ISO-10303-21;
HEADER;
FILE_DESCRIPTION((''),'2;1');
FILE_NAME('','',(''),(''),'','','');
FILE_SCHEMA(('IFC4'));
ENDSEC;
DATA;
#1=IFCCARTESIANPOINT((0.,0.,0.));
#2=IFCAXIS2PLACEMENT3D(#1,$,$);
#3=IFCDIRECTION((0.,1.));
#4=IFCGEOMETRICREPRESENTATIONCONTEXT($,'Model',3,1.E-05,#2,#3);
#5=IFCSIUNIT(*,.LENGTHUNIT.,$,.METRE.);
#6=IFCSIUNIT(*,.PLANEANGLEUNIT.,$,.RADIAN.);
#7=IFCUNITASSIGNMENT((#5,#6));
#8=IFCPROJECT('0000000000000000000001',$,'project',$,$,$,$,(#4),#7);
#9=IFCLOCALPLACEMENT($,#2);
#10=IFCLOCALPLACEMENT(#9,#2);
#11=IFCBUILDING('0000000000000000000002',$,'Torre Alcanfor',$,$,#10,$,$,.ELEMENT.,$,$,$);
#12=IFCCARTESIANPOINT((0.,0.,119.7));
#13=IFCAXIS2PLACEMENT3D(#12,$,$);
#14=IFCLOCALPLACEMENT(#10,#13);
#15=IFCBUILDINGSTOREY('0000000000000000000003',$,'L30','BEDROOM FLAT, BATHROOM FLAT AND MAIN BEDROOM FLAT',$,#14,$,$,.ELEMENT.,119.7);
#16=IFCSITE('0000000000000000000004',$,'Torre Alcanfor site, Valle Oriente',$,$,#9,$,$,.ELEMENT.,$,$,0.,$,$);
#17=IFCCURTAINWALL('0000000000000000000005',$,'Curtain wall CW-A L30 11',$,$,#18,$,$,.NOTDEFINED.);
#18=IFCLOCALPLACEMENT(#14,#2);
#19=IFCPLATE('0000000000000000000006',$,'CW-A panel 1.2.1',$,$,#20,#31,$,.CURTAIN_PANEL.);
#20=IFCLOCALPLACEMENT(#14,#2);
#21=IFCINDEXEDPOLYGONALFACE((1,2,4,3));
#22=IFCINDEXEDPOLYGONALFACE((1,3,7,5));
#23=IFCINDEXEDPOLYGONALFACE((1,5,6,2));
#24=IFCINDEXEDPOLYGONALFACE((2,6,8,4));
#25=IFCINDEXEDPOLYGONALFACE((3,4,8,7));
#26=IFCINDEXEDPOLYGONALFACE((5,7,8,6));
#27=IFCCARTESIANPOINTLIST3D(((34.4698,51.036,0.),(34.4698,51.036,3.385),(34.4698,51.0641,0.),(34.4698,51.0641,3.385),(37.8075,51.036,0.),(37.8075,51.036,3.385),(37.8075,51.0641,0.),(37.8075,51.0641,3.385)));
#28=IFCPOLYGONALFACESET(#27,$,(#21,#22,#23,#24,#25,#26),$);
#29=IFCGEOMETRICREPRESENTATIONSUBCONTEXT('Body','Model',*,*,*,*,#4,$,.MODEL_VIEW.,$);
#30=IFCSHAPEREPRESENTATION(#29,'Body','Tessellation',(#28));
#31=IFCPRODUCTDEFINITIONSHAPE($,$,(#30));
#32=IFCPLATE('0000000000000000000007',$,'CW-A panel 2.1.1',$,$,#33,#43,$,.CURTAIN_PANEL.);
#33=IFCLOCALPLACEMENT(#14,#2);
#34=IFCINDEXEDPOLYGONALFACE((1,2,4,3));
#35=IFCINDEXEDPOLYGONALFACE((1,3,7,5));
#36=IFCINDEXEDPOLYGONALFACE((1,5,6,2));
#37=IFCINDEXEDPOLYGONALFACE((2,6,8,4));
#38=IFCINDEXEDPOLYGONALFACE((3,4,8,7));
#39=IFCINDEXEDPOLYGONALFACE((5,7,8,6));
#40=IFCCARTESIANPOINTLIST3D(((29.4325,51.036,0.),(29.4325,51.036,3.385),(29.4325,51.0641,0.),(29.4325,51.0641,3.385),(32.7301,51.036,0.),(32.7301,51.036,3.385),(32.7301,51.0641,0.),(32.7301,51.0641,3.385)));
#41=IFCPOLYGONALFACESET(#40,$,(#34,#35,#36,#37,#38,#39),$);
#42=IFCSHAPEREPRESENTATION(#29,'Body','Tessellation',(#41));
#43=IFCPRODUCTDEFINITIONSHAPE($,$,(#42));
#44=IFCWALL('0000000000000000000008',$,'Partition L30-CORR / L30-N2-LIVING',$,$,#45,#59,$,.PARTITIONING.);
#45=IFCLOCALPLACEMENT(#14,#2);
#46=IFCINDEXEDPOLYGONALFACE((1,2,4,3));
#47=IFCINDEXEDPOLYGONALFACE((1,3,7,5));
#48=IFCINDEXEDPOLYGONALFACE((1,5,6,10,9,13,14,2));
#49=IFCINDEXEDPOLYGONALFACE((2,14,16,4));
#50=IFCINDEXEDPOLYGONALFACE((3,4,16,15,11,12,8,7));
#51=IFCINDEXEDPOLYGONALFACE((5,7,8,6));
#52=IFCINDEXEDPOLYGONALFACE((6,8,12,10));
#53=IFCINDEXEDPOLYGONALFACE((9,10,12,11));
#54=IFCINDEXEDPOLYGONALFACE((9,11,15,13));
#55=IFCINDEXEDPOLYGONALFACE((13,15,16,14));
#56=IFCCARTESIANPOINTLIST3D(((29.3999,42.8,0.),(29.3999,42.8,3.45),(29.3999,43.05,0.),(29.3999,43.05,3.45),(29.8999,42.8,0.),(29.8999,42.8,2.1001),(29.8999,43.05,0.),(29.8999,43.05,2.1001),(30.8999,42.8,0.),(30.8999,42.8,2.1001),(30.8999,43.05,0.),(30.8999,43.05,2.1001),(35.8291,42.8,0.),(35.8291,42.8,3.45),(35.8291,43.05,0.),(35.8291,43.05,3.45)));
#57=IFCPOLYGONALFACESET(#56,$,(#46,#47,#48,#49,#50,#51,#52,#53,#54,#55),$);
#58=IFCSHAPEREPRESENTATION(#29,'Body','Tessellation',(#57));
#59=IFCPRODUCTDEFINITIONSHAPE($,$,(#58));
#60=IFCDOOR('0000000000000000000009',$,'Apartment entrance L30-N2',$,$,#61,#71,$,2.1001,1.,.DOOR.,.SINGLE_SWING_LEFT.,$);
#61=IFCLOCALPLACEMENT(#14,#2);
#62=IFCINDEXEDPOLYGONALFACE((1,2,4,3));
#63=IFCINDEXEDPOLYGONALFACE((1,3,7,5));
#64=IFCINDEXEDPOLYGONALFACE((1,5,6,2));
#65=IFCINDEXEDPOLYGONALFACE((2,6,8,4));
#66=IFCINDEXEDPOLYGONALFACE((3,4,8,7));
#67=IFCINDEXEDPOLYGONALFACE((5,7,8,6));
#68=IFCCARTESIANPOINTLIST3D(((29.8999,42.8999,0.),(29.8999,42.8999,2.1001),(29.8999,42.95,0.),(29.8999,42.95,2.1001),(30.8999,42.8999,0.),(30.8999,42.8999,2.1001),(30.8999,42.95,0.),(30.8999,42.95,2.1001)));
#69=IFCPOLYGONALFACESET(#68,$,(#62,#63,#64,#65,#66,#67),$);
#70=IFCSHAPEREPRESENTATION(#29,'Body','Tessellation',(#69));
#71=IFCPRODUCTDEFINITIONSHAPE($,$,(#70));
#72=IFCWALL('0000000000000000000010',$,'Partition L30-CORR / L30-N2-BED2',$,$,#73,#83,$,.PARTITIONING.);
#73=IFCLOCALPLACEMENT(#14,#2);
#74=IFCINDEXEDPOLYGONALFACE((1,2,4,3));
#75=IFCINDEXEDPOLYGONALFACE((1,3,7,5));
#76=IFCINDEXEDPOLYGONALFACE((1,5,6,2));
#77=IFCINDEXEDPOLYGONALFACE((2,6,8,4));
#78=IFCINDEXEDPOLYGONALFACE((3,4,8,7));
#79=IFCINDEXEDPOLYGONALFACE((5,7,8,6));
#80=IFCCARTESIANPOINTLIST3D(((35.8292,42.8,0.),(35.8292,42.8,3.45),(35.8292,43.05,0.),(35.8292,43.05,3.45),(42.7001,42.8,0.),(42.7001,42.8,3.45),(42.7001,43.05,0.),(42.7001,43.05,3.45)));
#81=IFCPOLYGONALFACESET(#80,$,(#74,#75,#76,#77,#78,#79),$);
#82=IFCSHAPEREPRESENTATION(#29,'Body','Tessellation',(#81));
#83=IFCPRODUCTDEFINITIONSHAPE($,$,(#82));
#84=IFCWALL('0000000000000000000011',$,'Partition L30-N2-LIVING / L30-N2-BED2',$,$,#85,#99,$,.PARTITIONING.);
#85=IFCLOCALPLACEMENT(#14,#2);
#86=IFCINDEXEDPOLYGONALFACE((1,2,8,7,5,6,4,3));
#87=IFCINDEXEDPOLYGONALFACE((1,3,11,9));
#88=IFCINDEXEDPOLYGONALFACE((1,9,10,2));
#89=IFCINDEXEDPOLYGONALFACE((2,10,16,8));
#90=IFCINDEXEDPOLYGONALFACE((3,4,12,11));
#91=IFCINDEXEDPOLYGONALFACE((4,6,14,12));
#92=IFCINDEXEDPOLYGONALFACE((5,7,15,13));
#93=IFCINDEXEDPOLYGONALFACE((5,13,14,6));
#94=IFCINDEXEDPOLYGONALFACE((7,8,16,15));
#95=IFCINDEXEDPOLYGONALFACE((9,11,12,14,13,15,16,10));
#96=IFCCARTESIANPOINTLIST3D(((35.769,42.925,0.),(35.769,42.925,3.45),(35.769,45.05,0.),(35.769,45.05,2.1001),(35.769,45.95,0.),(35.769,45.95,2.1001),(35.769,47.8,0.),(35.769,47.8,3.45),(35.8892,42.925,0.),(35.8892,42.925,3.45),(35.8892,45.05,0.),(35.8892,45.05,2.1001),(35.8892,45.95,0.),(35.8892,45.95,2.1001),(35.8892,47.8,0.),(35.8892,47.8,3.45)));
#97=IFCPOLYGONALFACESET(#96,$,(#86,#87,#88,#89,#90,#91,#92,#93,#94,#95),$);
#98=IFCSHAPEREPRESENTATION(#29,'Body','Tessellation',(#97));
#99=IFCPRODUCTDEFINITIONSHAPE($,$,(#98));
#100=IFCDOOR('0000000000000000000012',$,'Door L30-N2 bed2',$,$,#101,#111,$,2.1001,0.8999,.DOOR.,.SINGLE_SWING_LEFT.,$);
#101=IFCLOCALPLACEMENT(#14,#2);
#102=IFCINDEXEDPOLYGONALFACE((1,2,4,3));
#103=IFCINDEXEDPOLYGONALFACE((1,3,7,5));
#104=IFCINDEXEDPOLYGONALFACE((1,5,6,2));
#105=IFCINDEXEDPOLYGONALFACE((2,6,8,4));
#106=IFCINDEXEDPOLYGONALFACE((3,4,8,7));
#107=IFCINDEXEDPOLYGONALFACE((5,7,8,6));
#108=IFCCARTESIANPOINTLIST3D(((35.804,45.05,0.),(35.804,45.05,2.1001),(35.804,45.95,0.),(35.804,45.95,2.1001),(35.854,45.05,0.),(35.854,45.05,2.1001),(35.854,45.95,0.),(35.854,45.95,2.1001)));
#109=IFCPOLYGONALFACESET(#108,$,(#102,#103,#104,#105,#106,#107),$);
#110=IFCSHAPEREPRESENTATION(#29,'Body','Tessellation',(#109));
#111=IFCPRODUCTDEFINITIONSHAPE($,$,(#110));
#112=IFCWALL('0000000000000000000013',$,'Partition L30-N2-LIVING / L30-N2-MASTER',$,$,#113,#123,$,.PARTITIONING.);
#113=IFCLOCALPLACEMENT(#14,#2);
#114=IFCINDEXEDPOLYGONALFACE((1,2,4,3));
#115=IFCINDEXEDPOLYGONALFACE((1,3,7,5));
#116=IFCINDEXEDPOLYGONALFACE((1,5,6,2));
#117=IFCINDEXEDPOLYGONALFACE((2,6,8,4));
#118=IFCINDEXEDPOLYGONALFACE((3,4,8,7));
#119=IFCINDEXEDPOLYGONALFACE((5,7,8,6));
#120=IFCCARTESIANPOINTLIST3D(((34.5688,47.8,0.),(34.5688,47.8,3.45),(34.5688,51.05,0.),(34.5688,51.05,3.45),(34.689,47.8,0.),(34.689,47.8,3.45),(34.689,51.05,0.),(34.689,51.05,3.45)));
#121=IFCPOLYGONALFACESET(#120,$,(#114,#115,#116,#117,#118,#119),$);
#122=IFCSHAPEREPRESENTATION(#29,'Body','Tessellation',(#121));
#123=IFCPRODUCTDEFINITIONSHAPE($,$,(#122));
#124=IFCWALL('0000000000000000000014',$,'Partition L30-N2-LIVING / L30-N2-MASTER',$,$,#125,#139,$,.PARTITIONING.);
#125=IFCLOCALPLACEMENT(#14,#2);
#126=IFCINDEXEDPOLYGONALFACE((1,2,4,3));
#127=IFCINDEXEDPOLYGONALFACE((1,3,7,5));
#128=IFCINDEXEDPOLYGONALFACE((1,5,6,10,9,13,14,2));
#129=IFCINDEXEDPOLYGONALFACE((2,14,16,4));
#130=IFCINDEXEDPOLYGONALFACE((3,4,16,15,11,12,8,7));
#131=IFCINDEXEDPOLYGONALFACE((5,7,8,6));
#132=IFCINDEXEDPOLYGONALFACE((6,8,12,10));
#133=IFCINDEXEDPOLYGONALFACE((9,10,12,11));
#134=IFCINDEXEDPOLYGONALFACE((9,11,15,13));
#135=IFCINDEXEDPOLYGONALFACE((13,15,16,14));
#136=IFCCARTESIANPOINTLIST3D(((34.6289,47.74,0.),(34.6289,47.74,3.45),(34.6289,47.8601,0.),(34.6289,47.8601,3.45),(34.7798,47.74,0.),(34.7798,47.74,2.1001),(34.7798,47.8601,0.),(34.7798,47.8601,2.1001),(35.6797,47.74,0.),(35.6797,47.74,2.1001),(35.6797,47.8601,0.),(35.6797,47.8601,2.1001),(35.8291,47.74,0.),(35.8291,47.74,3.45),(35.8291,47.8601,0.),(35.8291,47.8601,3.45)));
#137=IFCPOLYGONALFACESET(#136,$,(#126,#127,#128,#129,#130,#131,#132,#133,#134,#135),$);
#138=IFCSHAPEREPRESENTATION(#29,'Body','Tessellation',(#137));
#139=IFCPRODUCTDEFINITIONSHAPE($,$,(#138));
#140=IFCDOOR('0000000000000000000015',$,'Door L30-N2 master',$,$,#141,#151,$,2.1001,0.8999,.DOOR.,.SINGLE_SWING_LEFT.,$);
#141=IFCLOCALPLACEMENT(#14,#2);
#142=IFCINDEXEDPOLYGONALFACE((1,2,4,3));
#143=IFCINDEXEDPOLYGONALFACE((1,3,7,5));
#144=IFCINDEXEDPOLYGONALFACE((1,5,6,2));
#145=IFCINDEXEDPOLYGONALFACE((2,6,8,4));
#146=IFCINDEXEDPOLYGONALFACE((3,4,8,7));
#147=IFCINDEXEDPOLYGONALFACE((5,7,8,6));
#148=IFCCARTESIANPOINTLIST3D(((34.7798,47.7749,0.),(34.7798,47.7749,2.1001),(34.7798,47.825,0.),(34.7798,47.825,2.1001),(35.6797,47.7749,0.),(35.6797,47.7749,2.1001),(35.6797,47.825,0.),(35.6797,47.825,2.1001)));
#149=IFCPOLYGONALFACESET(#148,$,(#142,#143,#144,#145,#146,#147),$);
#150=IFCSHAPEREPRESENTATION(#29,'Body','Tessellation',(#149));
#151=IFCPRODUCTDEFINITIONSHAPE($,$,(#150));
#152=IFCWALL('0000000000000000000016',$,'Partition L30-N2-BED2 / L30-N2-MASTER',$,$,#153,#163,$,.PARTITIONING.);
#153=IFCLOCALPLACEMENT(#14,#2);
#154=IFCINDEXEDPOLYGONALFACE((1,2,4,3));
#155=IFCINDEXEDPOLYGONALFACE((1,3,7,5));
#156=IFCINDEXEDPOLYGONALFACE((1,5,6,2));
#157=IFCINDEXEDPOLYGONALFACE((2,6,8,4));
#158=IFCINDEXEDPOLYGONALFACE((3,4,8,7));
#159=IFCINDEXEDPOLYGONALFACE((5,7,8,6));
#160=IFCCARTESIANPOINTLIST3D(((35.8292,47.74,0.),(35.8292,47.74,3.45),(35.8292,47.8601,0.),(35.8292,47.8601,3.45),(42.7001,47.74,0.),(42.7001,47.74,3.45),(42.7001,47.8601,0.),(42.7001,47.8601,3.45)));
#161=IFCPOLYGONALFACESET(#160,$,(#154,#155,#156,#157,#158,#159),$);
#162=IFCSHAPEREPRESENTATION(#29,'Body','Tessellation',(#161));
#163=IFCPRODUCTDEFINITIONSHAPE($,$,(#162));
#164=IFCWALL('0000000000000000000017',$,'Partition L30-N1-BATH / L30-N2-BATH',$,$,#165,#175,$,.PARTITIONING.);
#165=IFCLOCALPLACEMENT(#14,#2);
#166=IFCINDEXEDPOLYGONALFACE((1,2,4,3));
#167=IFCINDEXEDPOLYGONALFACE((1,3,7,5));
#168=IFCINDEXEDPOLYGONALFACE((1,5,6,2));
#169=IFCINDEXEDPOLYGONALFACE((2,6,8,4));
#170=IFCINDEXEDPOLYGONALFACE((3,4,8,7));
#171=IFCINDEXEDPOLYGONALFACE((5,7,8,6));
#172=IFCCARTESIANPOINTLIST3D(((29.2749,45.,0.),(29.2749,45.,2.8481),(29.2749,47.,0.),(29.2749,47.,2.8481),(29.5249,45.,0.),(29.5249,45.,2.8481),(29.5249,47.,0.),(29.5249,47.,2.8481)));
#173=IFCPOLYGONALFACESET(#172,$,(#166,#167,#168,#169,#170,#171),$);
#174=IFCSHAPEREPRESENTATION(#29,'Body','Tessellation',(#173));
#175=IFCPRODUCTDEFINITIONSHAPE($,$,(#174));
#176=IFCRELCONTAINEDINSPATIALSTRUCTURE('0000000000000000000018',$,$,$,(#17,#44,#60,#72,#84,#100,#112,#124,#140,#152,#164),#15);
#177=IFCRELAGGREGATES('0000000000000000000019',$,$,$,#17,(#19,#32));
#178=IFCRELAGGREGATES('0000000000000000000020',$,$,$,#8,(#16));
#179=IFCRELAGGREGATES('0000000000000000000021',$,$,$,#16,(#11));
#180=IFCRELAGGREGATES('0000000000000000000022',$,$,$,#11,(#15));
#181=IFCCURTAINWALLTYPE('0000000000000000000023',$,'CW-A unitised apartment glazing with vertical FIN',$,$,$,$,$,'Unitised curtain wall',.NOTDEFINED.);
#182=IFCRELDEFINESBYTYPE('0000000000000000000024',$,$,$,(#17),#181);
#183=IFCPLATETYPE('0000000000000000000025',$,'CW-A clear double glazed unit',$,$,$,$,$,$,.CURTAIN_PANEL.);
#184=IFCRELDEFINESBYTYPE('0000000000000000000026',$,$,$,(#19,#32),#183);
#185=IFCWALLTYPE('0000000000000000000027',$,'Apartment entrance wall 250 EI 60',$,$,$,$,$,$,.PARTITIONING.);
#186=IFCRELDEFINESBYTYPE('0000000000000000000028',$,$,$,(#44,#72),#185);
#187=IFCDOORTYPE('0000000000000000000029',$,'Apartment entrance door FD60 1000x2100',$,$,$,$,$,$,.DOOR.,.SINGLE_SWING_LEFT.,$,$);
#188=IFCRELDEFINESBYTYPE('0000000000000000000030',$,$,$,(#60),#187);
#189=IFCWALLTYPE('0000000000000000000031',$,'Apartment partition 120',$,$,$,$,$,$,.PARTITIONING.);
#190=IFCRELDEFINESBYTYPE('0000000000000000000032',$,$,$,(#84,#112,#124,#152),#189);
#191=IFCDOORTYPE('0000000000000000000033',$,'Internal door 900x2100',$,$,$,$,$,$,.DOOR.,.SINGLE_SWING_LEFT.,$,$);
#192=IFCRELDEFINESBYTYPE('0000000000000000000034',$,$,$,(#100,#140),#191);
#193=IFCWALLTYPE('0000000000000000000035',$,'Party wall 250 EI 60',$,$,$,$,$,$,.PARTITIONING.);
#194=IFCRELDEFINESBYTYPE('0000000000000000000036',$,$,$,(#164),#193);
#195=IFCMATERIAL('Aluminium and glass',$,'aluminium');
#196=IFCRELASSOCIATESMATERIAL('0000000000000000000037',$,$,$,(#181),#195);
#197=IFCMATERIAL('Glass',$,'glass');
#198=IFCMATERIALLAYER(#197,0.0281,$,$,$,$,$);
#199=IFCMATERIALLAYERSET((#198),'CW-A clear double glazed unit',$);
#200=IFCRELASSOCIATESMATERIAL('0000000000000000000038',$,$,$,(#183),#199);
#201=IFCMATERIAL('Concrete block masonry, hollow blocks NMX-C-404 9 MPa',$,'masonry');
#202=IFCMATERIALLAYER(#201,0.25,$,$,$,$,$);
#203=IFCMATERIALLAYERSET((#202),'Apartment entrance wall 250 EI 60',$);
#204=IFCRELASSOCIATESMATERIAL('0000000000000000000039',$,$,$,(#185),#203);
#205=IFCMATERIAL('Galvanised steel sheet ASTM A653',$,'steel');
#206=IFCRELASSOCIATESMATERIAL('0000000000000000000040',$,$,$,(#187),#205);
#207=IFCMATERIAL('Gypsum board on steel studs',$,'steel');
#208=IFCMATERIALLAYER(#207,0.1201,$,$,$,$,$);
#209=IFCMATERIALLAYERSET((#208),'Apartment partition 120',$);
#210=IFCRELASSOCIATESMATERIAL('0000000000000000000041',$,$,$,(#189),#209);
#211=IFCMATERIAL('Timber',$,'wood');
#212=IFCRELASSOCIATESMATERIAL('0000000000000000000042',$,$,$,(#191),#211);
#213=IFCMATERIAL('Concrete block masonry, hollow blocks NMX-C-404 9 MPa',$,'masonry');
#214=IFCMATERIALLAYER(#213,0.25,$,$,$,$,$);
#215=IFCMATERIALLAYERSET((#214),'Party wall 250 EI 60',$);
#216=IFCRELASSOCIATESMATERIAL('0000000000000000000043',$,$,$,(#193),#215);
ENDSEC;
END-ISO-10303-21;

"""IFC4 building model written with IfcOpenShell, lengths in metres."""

from ifc_helpers import new_model, si_unit, direction, frame, frame_2d, origin, origin_2d, place, context, subcontext, project, spatial, rectangle, extrude, material, layer, layer_set, type_object, element, fill, aggregate, save


model = new_model("IFC4")

# Units and contexts
model_context = context("Model", 3, precision=1e-05, world=origin(), true_north=direction((0.0, 1.0)))
body_context = subcontext(model_context, "Body", "Model", "MODEL_VIEW")
ifc_project = project(units=[si_unit("LENGTHUNIT", "METRE"), si_unit("PLANEANGLEUNIT", "RADIAN")], contexts=[model_context])

# Site, building, storey
site_placement = place(None, origin())
site = spatial("IfcSite", under=ifc_project, at=site_placement, Name="Torre Alcanfor site, Valle Oriente", CompositionType="ELEMENT", RefElevation=0.0)
building_placement = place(site_placement, origin())
building = spatial("IfcBuilding", under=site, at=building_placement, Name="Torre Alcanfor", CompositionType="ELEMENT")
storey_placement = place(building_placement, frame((0.0, 0.0, 119.7)))
storey = spatial("IfcBuildingStorey", under=building, at=storey_placement, Name="L30", Description="BEDROOM FLAT, BATHROOM FLAT AND MAIN BEDROOM FLAT", CompositionType="ELEMENT", Elevation=119.7)

# Curtain wall
ifc_material_1 = material(Name="Aluminium and glass", Category="aluminium")
curtain_wall_type = type_object("IfcCurtainWallType", Name="CW-A unitised apartment glazing with vertical FIN", ElementType="Unitised curtain wall", PredefinedType="NOTDEFINED", material=ifc_material_1)
curtain_wall_placement = place(storey_placement, origin())
curtain_wall = element("IfcCurtainWall", 1, at=curtain_wall_placement, inside=storey, type_object=curtain_wall_type, Name="Curtain wall CW-A L30 11", PredefinedType="NOTDEFINED")

# Plates
ifc_material_2 = material(Name="Glass", Category="glass")
ifc_layer_1 = layer(ifc_material_2, 0.0281)
ifc_layer_set_1 = layer_set([ifc_layer_1], Name="CW-A clear double glazed unit")
plate_type = type_object("IfcPlateType", Name="CW-A clear double glazed unit", PredefinedType="CURTAIN_PANEL", material=ifc_layer_set_1)
plate_1_placement = place(storey_placement, frame((36.1387, 51.05, 0.0), z_axis=(0.0, 0.0, 1.0), x_axis=(-1.0, 0.0, 0.0)))
plate_1 = element("IfcPlate", 2, at=plate_1_placement, type_object=plate_type, Name="CW-A panel 1.2.1", PredefinedType="CURTAIN_PANEL", context=body_context, shape_type="SweptSolid", body=[
    extrude(rectangle(XDim=3.3376, YDim=0.0281, at=origin_2d()), origin(), (0.0, 0.0, 1.0), 3.385),
])
plate_2_placement = place(storey_placement, frame((31.0813, 51.05, 0.0), z_axis=(0.0, 0.0, 1.0), x_axis=(-1.0, 0.0, 0.0)))
plate_2 = element("IfcPlate", 3, at=plate_2_placement, type_object=plate_type, Name="CW-A panel 2.1.1", PredefinedType="CURTAIN_PANEL", context=body_context, shape_type="SweptSolid", body=[
    extrude(rectangle(XDim=3.2976, YDim=0.0281, at=origin_2d()), origin(), (0.0, 0.0, 1.0), 3.385),
])
aggregate(curtain_wall, [plate_1, plate_2])

# Wall, opening, door
ifc_material_3 = material(Name="Concrete block masonry, hollow blocks NMX-C-404 9 MPa", Category="masonry")
ifc_layer_2 = layer(ifc_material_3, 0.25)
ifc_layer_set_2 = layer_set([ifc_layer_2], Name="Apartment entrance wall 250 EI 60")
wall_type_1 = type_object("IfcWallType", Name="Apartment entrance wall 250 EI 60", PredefinedType="PARTITIONING", material=ifc_layer_set_2)
wall_1_placement = place(storey_placement, frame((29.3999, 42.925, 0.0), z_axis=(0.0, 0.0, 1.0), x_axis=(1.0, 0.0, 0.0)))
wall_1 = element("IfcWall", 4, at=wall_1_placement, inside=storey, type_object=wall_type_1, Name="Partition L30-CORR / L30-N2-LIVING", PredefinedType="PARTITIONING", context=body_context, shape_type="SweptSolid", body=[
    extrude(rectangle(XDim=6.4292, YDim=0.25, at=frame_2d((3.2146, 0.0))), origin(), (0.0, 0.0, 1.0), 3.45),
])
opening_1_placement = place(wall_1_placement, frame((0.5, 0.0, 0.0)))
opening_1 = element("IfcOpeningElement", 5, at=opening_1_placement, cuts=wall_1, PredefinedType="OPENING", context=body_context, shape_type="SweptSolid", body=[
    extrude(rectangle(XDim=1.0, YDim=2.1001, at=frame_2d((0.5, 1.05))), frame((0.0, 0.135, 0.0), z_axis=(0.0, -1.0, 0.0), x_axis=(1.0, 0.0, 0.0)), (0.0, 0.0, 1.0), 0.27),
])
ifc_material_4 = material(Name="Galvanised steel sheet ASTM A653", Category="steel")
door_type_1 = type_object("IfcDoorType", Name="Apartment entrance door FD60 1000x2100", OperationType="SINGLE_SWING_LEFT", PredefinedType="DOOR", material=ifc_material_4)
door_1_placement = place(opening_1_placement, origin())
door_1 = element("IfcDoor", 6, at=door_1_placement, inside=storey, type_object=door_type_1, Name="Apartment entrance L30-N2", OperationType="SINGLE_SWING_LEFT", OverallHeight=2.1001, OverallWidth=1.0, PredefinedType="DOOR", context=body_context, shape_type="SweptSolid", body=[
    extrude(rectangle(XDim=1.0, YDim=2.1001, at=frame_2d((0.5, 1.05))), frame((0.0, 0.0249, 0.0), z_axis=(0.0, -1.0, 0.0), x_axis=(1.0, 0.0, 0.0)), (0.0, 0.0, 1.0), 0.05),
])
fill(opening_1, door_1)

# Wall
wall_2_placement = place(storey_placement, frame((35.8291, 42.925, 0.0), z_axis=(0.0, 0.0, 1.0), x_axis=(1.0, 0.0, 0.0)))
element("IfcWall", 7, at=wall_2_placement, inside=storey, type_object=wall_type_1, Name="Partition L30-CORR / L30-N2-BED2", PredefinedType="PARTITIONING", context=body_context, shape_type="SweptSolid", body=[
    extrude(rectangle(XDim=6.8708, YDim=0.25, at=frame_2d((3.4355, 0.0))), origin(), (0.0, 0.0, 1.0), 3.45),
])

# Wall, opening, door
ifc_material_5 = material(Name="Gypsum board on steel studs", Category="steel")
ifc_layer_3 = layer(ifc_material_5, 0.1201)
ifc_layer_set_3 = layer_set([ifc_layer_3], Name="Apartment partition 120")
wall_type_2 = type_object("IfcWallType", Name="Apartment partition 120", PredefinedType="PARTITIONING", material=ifc_layer_set_3)
wall_3_placement = place(storey_placement, frame((35.8291, 47.8, 0.0), z_axis=(0.0, 0.0, 1.0), x_axis=(0.0, -1.0, 0.0)))
wall_3 = element("IfcWall", 8, at=wall_3_placement, inside=storey, type_object=wall_type_2, Name="Partition L30-N2-LIVING / L30-N2-BED2", PredefinedType="PARTITIONING", context=body_context, shape_type="SweptSolid", body=[
    extrude(rectangle(XDim=4.875, YDim=0.1201, at=frame_2d((2.4375, 0.0))), origin(), (0.0, 0.0, 1.0), 3.45),
])
opening_2_placement = place(wall_3_placement, frame((1.8501, 0.0, 0.0)))
opening_2 = element("IfcOpeningElement", 9, at=opening_2_placement, cuts=wall_3, PredefinedType="OPENING", context=body_context, shape_type="SweptSolid", body=[
    extrude(rectangle(XDim=0.8999, YDim=2.1001, at=frame_2d((0.45, 1.05))), frame((0.0, 0.0701, 0.0), z_axis=(0.0, -1.0, 0.0), x_axis=(1.0, 0.0, 0.0)), (0.0, 0.0, 1.0), 0.1401),
])
ifc_material_6 = material(Name="Timber", Category="wood")
door_type_2 = type_object("IfcDoorType", Name="Internal door 900x2100", OperationType="SINGLE_SWING_LEFT", PredefinedType="DOOR", material=ifc_material_6)
door_2_placement = place(opening_2_placement, origin())
door_2 = element("IfcDoor", 10, at=door_2_placement, inside=storey, type_object=door_type_2, Name="Door L30-N2 bed2", OperationType="SINGLE_SWING_LEFT", OverallHeight=2.1001, OverallWidth=0.8999, PredefinedType="DOOR", context=body_context, shape_type="SweptSolid", body=[
    extrude(rectangle(XDim=0.8999, YDim=2.1001, at=frame_2d((0.45, 1.05))), frame((0.0, 0.0249, 0.0), z_axis=(0.0, -1.0, 0.0), x_axis=(1.0, 0.0, 0.0)), (0.0, 0.0, 1.0), 0.05),
])
fill(opening_2, door_2)

# Wall
wall_4_placement = place(storey_placement, frame((34.6289, 51.05, 0.0), z_axis=(0.0, 0.0, 1.0), x_axis=(0.0, -1.0, 0.0)))
element("IfcWall", 11, at=wall_4_placement, inside=storey, type_object=wall_type_2, Name="Partition L30-N2-LIVING / L30-N2-MASTER", PredefinedType="PARTITIONING", context=body_context, shape_type="SweptSolid", body=[
    extrude(rectangle(XDim=3.25, YDim=0.1201, at=frame_2d((1.625, 0.0))), origin(), (0.0, 0.0, 1.0), 3.45),
])

# Wall, opening, door
wall_5_placement = place(storey_placement, frame((34.6289, 47.8, 0.0), z_axis=(0.0, 0.0, 1.0), x_axis=(1.0, 0.0, 0.0)))
wall_5 = element("IfcWall", 12, at=wall_5_placement, inside=storey, type_object=wall_type_2, Name="Partition L30-N2-LIVING / L30-N2-MASTER", PredefinedType="PARTITIONING", context=body_context, shape_type="SweptSolid", body=[
    extrude(rectangle(XDim=1.2002, YDim=0.1201, at=frame_2d((0.6001, 0.0))), origin(), (0.0, 0.0, 1.0), 3.45),
])
opening_3_placement = place(wall_5_placement, frame((0.1509, 0.0, 0.0)))
opening_3 = element("IfcOpeningElement", 13, at=opening_3_placement, cuts=wall_5, PredefinedType="OPENING", context=body_context, shape_type="SweptSolid", body=[
    extrude(rectangle(XDim=0.8999, YDim=2.1001, at=frame_2d((0.45, 1.05))), frame((0.0, 0.0701, 0.0), z_axis=(0.0, -1.0, 0.0), x_axis=(1.0, 0.0, 0.0)), (0.0, 0.0, 1.0), 0.1401),
])
door_3_placement = place(opening_3_placement, origin())
door_3 = element("IfcDoor", 14, at=door_3_placement, inside=storey, type_object=door_type_2, Name="Door L30-N2 master", OperationType="SINGLE_SWING_LEFT", OverallHeight=2.1001, OverallWidth=0.8999, PredefinedType="DOOR", context=body_context, shape_type="SweptSolid", body=[
    extrude(rectangle(XDim=0.8999, YDim=2.1001, at=frame_2d((0.45, 1.05))), frame((0.0, 0.0249, 0.0), z_axis=(0.0, -1.0, 0.0), x_axis=(1.0, 0.0, 0.0)), (0.0, 0.0, 1.0), 0.05),
])
fill(opening_3, door_3)

# Walls
wall_6_placement = place(storey_placement, frame((35.8291, 47.8, 0.0), z_axis=(0.0, 0.0, 1.0), x_axis=(1.0, 0.0, 0.0)))
element("IfcWall", 15, at=wall_6_placement, inside=storey, type_object=wall_type_2, Name="Partition L30-N2-BED2 / L30-N2-MASTER", PredefinedType="PARTITIONING", context=body_context, shape_type="SweptSolid", body=[
    extrude(rectangle(XDim=6.8708, YDim=0.1201, at=frame_2d((3.4355, 0.0))), origin(), (0.0, 0.0, 1.0), 3.45),
])
ifc_material_7 = material(Name="Concrete block masonry, hollow blocks NMX-C-404 9 MPa", Category="masonry")
ifc_layer_4 = layer(ifc_material_7, 0.25)
ifc_layer_set_4 = layer_set([ifc_layer_4], Name="Party wall 250 EI 60")
wall_type_3 = type_object("IfcWallType", Name="Party wall 250 EI 60", PredefinedType="PARTITIONING", material=ifc_layer_set_4)
wall_7_placement = place(storey_placement, frame((29.3999, 45.0, 0.0), z_axis=(0.0, 0.0, 1.0), x_axis=(0.0, 1.0, 0.0)))
element("IfcWall", 16, at=wall_7_placement, inside=storey, type_object=wall_type_3, Name="Partition L30-N1-BATH / L30-N2-BATH", PredefinedType="PARTITIONING", context=body_context, shape_type="SweptSolid", body=[
    extrude(rectangle(XDim=2.0, YDim=0.25, at=frame_2d((1.0, 0.0))), origin(), (0.0, 0.0, 1.0), 2.8481),
])

save(model, "model.ifc")
